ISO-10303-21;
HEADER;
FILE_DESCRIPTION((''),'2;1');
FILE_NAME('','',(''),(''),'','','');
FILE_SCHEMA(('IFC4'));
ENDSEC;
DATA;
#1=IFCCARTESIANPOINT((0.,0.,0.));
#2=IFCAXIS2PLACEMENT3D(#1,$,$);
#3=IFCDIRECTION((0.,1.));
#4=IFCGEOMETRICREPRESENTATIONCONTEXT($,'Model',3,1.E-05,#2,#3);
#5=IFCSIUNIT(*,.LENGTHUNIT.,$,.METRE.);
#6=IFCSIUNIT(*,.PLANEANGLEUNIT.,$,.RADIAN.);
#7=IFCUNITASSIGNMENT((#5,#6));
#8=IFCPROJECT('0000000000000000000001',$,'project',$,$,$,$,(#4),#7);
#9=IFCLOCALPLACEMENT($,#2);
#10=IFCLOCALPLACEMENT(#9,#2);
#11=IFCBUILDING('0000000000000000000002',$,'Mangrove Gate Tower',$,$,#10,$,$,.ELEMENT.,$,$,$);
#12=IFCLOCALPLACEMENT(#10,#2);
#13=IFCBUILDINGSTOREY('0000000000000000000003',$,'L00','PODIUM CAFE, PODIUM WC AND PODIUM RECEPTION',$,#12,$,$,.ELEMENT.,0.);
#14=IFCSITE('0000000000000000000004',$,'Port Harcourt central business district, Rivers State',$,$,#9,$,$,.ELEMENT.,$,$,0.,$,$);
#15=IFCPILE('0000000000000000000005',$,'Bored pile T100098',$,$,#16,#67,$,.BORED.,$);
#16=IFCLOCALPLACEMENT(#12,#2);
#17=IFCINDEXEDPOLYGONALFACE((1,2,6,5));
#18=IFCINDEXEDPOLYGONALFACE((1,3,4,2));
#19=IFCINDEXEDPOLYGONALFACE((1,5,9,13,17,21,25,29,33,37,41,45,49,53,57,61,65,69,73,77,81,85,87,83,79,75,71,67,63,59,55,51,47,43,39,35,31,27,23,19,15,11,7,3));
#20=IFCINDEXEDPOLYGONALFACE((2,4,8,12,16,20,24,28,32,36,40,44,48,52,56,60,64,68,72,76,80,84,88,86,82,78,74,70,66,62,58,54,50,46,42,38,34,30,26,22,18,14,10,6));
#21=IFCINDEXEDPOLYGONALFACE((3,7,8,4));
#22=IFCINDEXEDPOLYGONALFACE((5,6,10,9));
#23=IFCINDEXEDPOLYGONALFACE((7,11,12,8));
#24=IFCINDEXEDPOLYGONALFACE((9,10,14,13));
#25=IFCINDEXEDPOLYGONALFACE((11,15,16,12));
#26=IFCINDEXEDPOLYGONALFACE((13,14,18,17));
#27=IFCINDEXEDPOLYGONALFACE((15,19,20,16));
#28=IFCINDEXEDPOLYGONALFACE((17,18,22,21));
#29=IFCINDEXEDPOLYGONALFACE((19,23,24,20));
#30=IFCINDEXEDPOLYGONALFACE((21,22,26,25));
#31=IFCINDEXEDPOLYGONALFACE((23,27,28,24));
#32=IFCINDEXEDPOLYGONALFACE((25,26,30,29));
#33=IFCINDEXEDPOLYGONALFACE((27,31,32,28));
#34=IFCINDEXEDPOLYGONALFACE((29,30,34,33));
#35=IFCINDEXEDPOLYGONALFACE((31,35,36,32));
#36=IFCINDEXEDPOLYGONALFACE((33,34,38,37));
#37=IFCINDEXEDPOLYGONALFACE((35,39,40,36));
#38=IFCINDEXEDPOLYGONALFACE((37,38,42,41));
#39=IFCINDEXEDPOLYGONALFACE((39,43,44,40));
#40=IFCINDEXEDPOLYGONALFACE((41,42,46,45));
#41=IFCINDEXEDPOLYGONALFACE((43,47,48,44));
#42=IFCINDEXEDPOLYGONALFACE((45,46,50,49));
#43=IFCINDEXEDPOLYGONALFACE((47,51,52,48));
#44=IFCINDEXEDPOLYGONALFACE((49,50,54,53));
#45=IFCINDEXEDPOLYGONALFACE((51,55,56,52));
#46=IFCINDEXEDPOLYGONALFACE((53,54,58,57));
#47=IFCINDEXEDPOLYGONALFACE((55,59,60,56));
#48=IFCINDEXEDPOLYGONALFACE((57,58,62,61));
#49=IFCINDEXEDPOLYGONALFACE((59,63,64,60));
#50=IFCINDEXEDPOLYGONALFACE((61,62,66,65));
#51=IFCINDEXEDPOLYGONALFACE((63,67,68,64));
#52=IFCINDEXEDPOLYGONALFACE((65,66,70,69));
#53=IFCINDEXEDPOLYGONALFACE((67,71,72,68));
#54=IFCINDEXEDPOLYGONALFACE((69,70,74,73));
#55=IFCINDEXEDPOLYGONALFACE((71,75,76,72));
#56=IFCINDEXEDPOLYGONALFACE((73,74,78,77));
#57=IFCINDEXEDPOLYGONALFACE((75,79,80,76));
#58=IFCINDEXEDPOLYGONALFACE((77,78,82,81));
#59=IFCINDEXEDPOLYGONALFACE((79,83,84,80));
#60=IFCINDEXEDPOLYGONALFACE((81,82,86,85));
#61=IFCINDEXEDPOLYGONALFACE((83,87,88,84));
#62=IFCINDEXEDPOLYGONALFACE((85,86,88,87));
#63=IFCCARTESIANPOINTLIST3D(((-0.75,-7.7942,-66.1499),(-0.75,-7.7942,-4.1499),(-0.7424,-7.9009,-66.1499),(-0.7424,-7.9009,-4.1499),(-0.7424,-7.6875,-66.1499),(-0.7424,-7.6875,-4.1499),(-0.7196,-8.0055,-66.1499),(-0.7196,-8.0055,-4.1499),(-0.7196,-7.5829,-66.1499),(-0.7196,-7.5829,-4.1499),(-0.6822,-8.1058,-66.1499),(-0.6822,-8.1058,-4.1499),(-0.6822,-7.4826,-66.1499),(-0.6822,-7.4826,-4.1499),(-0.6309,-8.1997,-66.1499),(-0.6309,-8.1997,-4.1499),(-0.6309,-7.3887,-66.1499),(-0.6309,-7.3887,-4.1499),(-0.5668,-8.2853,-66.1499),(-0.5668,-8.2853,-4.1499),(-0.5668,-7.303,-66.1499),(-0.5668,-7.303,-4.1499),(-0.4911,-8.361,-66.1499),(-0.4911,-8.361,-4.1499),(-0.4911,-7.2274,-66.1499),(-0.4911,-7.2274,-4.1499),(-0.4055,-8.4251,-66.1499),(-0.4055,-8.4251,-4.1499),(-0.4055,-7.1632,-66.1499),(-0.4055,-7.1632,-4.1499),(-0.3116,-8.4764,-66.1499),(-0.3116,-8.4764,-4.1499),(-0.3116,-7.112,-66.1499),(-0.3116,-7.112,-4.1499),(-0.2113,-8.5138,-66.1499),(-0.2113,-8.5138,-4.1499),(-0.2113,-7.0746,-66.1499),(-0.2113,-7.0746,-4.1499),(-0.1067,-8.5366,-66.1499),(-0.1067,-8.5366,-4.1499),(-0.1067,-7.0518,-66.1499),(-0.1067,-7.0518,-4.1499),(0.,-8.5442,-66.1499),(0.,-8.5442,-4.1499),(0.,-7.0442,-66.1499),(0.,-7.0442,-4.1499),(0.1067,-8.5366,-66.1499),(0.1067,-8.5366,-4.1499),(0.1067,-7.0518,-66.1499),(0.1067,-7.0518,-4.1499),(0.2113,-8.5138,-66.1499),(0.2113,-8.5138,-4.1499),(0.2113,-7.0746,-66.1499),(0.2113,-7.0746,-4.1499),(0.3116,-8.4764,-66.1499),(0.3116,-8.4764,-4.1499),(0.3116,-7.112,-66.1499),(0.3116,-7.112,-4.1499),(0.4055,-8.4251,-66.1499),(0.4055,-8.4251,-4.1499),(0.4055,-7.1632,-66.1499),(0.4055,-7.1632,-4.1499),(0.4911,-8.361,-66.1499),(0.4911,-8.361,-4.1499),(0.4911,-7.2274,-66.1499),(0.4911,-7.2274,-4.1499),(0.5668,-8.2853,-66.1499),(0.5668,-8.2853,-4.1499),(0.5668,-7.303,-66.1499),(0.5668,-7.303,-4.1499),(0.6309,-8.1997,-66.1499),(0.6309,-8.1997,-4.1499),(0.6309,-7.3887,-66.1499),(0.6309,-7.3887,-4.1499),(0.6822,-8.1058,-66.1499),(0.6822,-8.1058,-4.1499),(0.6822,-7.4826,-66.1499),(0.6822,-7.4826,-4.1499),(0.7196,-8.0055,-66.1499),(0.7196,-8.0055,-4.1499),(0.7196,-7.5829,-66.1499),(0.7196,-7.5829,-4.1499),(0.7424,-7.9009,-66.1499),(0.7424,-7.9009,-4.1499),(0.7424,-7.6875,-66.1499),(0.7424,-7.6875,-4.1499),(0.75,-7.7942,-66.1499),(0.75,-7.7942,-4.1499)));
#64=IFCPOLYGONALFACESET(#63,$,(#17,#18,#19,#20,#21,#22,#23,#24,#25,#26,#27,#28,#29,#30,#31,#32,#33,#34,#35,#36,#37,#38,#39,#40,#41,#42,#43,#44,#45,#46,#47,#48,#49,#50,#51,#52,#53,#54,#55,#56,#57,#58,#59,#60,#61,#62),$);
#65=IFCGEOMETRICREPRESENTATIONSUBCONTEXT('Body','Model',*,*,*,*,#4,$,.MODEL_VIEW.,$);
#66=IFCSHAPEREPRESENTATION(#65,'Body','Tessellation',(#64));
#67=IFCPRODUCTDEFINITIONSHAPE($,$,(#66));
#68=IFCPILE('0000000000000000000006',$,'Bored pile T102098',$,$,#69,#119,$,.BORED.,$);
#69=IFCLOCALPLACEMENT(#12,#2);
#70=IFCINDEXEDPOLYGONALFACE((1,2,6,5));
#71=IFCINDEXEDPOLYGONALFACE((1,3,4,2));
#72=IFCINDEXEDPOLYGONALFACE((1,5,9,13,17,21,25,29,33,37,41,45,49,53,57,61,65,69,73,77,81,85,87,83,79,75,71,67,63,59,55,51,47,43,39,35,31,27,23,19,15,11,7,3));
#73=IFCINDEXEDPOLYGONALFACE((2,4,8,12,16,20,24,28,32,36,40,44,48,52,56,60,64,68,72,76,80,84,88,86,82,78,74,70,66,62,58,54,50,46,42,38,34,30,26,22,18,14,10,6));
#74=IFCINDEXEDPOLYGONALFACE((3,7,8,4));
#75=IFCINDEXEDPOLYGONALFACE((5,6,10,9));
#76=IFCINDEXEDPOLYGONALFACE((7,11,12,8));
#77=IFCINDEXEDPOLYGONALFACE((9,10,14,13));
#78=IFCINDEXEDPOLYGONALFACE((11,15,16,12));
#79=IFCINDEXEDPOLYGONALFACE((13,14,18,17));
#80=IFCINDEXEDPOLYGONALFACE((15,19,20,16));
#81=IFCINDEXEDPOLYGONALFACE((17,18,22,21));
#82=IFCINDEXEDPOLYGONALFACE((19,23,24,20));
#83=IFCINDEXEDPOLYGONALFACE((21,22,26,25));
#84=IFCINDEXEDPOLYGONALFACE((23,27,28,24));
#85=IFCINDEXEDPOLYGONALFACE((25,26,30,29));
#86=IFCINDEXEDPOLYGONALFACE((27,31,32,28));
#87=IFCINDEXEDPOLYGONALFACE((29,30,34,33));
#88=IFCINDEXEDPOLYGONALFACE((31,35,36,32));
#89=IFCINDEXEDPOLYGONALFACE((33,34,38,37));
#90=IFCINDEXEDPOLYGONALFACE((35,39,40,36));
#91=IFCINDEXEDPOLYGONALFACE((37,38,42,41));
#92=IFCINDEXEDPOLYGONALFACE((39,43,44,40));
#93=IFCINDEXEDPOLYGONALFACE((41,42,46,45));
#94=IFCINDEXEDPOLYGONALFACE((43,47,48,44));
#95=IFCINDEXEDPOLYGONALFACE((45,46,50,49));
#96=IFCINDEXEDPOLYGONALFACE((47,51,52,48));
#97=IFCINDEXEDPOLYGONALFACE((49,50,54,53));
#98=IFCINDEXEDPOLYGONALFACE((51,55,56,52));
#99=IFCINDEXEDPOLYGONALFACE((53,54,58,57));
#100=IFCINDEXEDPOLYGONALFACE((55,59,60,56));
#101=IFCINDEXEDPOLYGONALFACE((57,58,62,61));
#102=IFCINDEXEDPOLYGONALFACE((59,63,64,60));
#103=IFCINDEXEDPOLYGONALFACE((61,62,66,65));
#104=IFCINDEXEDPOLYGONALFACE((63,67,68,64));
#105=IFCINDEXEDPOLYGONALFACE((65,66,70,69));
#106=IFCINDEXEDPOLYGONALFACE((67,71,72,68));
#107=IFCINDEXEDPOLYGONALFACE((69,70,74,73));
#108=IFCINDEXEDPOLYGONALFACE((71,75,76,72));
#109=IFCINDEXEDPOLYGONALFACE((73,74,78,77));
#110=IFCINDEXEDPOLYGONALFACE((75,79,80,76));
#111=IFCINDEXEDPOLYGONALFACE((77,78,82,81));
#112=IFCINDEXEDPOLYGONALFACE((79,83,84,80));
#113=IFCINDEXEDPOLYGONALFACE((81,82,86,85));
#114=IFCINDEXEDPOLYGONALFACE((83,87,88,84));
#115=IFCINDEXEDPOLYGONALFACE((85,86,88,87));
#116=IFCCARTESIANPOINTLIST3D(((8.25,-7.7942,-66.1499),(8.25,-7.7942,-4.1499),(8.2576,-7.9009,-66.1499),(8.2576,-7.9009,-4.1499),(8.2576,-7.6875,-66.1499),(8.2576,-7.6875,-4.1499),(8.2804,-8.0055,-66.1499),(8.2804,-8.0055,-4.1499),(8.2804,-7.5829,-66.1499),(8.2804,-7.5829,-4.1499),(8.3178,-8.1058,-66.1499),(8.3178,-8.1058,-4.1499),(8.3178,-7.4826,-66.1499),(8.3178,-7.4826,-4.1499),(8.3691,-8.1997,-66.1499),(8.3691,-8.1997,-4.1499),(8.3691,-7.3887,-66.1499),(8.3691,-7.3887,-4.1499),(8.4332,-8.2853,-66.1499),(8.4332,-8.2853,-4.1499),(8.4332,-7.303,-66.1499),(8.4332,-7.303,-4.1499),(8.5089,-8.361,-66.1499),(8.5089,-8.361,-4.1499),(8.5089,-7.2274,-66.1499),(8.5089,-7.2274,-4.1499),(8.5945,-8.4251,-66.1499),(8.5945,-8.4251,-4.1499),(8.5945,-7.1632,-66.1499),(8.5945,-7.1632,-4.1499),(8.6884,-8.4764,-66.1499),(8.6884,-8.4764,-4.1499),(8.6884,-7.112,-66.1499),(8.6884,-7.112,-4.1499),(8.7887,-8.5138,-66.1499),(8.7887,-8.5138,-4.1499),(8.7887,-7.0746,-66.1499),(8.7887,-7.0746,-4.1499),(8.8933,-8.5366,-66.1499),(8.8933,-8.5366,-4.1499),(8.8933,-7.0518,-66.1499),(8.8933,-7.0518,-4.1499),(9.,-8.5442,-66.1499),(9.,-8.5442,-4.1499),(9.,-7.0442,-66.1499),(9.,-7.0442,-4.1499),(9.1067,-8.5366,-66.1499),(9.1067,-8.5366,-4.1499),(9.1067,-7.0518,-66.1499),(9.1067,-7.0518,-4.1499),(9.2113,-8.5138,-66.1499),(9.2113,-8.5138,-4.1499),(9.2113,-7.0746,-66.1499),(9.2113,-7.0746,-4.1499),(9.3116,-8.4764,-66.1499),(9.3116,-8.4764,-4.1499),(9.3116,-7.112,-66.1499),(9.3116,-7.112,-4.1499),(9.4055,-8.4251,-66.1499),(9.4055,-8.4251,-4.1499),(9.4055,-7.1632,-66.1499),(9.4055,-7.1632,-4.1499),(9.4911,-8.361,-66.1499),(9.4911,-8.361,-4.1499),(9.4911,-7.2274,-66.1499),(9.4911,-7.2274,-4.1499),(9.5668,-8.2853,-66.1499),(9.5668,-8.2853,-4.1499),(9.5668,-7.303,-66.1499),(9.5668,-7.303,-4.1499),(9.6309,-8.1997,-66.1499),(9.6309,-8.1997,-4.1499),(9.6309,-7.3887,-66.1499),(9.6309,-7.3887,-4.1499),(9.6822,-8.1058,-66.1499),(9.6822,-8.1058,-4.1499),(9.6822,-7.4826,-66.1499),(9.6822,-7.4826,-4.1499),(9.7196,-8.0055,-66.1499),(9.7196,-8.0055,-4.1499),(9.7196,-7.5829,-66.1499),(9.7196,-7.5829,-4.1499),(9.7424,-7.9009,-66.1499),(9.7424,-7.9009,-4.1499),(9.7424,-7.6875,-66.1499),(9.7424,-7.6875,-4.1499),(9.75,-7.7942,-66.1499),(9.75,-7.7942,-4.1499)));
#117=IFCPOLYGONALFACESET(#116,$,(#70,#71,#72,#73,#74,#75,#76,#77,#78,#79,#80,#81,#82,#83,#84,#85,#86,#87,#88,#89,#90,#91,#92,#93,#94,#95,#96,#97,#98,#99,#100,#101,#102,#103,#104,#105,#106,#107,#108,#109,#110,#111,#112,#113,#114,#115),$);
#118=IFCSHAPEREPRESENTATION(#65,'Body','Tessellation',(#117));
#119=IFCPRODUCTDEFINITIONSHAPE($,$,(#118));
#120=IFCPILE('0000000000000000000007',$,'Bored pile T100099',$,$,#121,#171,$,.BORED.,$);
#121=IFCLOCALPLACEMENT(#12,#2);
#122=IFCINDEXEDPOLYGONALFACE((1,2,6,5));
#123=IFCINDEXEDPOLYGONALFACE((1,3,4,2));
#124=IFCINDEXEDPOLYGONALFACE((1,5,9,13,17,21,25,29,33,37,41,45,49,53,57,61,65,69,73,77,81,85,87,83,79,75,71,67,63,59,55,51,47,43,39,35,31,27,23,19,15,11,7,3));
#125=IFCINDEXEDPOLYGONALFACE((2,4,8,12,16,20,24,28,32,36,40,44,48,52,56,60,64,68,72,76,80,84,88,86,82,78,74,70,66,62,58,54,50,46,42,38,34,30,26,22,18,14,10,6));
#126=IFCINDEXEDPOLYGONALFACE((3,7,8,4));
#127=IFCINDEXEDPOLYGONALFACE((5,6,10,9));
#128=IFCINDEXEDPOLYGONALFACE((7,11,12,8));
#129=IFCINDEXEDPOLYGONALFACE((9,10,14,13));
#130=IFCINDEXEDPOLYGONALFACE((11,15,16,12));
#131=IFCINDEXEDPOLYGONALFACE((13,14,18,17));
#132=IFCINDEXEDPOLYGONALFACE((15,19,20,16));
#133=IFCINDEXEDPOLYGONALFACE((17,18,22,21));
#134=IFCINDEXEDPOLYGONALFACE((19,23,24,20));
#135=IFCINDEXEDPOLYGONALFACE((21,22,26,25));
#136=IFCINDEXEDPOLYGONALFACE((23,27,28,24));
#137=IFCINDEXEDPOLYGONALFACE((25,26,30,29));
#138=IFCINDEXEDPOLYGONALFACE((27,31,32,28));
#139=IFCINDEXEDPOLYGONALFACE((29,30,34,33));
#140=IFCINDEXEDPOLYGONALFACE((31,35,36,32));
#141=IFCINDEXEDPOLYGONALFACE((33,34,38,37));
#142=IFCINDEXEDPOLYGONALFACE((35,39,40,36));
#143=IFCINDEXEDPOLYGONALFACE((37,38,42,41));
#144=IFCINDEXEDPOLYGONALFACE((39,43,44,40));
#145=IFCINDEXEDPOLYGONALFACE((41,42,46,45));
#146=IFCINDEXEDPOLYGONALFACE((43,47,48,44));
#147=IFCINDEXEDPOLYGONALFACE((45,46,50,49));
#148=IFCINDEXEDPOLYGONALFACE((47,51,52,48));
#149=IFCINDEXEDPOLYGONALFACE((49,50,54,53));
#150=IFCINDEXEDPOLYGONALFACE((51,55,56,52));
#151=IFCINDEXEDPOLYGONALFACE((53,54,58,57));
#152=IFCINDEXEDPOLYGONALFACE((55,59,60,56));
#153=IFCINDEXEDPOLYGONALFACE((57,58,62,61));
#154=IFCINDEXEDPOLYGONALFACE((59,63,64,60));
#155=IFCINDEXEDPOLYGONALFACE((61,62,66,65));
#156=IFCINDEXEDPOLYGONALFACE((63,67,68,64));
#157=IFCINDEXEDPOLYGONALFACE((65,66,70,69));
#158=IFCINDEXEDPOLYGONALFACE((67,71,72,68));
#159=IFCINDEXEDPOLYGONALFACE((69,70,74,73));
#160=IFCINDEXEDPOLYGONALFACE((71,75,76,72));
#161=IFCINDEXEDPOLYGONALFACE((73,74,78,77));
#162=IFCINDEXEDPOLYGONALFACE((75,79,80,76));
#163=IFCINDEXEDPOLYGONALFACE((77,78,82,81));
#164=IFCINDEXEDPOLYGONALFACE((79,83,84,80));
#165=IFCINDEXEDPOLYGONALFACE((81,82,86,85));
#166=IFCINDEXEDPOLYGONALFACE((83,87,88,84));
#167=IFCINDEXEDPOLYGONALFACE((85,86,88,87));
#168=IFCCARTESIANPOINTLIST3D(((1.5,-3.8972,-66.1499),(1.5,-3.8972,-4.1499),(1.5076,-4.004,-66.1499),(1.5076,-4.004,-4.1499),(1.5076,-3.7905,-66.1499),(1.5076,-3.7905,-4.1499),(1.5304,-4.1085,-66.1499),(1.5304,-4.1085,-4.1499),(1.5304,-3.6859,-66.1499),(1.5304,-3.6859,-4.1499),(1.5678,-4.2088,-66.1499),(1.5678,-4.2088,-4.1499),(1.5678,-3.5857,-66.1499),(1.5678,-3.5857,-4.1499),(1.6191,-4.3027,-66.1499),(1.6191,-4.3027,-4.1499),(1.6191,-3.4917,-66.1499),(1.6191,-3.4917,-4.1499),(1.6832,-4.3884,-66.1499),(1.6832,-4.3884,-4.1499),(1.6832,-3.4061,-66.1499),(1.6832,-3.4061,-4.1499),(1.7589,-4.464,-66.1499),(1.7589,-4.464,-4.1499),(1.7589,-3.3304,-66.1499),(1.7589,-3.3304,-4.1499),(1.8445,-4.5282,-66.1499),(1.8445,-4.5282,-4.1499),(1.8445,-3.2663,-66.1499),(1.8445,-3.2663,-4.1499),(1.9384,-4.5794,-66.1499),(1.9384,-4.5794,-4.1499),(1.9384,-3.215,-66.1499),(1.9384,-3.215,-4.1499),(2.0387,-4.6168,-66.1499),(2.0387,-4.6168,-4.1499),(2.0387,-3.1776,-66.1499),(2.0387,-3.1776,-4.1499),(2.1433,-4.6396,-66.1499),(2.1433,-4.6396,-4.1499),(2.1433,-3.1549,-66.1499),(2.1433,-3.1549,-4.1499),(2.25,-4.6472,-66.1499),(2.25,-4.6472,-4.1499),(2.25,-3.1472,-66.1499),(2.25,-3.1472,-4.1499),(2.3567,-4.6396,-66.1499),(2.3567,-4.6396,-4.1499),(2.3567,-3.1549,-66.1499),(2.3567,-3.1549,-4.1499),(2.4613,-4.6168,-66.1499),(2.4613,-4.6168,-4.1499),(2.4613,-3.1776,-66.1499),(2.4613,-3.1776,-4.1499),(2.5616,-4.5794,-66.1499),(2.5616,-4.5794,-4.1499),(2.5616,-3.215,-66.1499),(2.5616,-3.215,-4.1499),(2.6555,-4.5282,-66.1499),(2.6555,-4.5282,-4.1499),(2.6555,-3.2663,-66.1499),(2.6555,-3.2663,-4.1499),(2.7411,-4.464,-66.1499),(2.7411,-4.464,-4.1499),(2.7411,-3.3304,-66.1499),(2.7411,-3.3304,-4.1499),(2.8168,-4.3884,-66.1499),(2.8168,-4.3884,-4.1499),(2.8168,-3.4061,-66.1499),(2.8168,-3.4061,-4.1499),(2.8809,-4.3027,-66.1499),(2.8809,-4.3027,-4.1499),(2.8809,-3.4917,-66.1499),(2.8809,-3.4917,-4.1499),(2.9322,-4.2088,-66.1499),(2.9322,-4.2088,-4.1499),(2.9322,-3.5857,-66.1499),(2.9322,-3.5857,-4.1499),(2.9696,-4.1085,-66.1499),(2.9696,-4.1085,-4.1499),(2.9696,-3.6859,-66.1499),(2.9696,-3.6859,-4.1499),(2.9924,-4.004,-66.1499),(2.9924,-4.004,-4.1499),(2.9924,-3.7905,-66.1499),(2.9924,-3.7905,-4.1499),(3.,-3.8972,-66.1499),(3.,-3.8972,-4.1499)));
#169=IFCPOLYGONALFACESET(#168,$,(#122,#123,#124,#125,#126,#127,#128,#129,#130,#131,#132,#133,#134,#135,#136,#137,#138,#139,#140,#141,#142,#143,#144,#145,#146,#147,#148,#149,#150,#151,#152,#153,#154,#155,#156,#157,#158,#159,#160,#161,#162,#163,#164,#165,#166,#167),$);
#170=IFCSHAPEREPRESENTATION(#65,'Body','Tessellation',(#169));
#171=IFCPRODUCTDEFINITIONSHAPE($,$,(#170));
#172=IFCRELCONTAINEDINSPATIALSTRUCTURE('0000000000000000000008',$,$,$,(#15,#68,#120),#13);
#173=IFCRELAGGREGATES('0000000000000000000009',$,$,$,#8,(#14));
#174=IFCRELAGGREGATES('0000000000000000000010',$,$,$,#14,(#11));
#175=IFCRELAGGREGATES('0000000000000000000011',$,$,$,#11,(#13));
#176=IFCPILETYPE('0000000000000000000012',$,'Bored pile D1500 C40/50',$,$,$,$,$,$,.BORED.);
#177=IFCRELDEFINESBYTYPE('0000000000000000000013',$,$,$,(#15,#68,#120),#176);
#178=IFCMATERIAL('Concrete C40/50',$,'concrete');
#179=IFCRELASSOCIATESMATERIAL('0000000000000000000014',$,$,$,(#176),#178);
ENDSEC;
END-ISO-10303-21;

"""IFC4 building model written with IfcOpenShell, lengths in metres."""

from ifc_helpers import new_model, si_unit, direction, frame, origin, origin_2d, place, context, subcontext, project, spatial, circle, extrude, material, material_profile, profile_set, type_object, element, save


model = new_model("IFC4")

# Units and contexts
model_context = context("Model", 3, precision=1e-05, world=origin(), true_north=direction((0.0, 1.0)))
body_context = subcontext(model_context, "Body", "Model", "MODEL_VIEW")
ifc_project = project(units=[si_unit("LENGTHUNIT", "METRE"), si_unit("PLANEANGLEUNIT", "RADIAN")], contexts=[model_context])

# Site, building, storey
site_placement = place(None, origin())
site = spatial("IfcSite", under=ifc_project, at=site_placement, Name="Port Harcourt central business district, Rivers State", CompositionType="ELEMENT", RefElevation=0.0)
building_placement = place(site_placement, origin())
building = spatial("IfcBuilding", under=site, at=building_placement, Name="Mangrove Gate Tower", CompositionType="ELEMENT")
storey_placement = place(building_placement, origin())
storey = spatial("IfcBuildingStorey", under=building, at=storey_placement, Name="L00", Description="PODIUM CAFE, PODIUM WC AND PODIUM RECEPTION", CompositionType="ELEMENT", Elevation=0.0)

# Piles
ifc_material_1 = material(Name="Concrete C40/50", Category="concrete")
ifc_material_profile = material_profile(ifc_material_1, circle(Radius=0.75, at=origin_2d()))
ifc_profile_set = profile_set([ifc_material_profile], Name="Concrete C40/50")
pile_type = type_object("IfcPileType", Name="Bored pile D1500 C40/50", PredefinedType="BORED", material=ifc_profile_set)
for number, where, z_axis, x_axis, name in (
    (1, (0.0, -7.7942, -4.1499), (0.0, 0.0, -1.0), (1.0, 0.0, 0.0), "Bored pile T100098"),
    (2, (9.0, -7.7942, -4.1499), (0.0, 0.0, -1.0), (1.0, 0.0, 0.0), "Bored pile T102098"),
    (3, (2.25, -3.8972, -4.1499), (0.0, 0.0, -1.0), (1.0, 0.0, 0.0), "Bored pile T100099"),
):
    element("IfcPile", number, at=place(storey_placement, frame(where, z_axis=z_axis, x_axis=x_axis)), inside=storey, type_object=pile_type, Name=name, PredefinedType="BORED", context=body_context, shape_type="SweptSolid", body=[
        extrude(circle(Radius=0.75, at=origin_2d()), origin(), (0.0, 0.0, 1.0), 62.0),
    ])

save(model, "model.ifc")
